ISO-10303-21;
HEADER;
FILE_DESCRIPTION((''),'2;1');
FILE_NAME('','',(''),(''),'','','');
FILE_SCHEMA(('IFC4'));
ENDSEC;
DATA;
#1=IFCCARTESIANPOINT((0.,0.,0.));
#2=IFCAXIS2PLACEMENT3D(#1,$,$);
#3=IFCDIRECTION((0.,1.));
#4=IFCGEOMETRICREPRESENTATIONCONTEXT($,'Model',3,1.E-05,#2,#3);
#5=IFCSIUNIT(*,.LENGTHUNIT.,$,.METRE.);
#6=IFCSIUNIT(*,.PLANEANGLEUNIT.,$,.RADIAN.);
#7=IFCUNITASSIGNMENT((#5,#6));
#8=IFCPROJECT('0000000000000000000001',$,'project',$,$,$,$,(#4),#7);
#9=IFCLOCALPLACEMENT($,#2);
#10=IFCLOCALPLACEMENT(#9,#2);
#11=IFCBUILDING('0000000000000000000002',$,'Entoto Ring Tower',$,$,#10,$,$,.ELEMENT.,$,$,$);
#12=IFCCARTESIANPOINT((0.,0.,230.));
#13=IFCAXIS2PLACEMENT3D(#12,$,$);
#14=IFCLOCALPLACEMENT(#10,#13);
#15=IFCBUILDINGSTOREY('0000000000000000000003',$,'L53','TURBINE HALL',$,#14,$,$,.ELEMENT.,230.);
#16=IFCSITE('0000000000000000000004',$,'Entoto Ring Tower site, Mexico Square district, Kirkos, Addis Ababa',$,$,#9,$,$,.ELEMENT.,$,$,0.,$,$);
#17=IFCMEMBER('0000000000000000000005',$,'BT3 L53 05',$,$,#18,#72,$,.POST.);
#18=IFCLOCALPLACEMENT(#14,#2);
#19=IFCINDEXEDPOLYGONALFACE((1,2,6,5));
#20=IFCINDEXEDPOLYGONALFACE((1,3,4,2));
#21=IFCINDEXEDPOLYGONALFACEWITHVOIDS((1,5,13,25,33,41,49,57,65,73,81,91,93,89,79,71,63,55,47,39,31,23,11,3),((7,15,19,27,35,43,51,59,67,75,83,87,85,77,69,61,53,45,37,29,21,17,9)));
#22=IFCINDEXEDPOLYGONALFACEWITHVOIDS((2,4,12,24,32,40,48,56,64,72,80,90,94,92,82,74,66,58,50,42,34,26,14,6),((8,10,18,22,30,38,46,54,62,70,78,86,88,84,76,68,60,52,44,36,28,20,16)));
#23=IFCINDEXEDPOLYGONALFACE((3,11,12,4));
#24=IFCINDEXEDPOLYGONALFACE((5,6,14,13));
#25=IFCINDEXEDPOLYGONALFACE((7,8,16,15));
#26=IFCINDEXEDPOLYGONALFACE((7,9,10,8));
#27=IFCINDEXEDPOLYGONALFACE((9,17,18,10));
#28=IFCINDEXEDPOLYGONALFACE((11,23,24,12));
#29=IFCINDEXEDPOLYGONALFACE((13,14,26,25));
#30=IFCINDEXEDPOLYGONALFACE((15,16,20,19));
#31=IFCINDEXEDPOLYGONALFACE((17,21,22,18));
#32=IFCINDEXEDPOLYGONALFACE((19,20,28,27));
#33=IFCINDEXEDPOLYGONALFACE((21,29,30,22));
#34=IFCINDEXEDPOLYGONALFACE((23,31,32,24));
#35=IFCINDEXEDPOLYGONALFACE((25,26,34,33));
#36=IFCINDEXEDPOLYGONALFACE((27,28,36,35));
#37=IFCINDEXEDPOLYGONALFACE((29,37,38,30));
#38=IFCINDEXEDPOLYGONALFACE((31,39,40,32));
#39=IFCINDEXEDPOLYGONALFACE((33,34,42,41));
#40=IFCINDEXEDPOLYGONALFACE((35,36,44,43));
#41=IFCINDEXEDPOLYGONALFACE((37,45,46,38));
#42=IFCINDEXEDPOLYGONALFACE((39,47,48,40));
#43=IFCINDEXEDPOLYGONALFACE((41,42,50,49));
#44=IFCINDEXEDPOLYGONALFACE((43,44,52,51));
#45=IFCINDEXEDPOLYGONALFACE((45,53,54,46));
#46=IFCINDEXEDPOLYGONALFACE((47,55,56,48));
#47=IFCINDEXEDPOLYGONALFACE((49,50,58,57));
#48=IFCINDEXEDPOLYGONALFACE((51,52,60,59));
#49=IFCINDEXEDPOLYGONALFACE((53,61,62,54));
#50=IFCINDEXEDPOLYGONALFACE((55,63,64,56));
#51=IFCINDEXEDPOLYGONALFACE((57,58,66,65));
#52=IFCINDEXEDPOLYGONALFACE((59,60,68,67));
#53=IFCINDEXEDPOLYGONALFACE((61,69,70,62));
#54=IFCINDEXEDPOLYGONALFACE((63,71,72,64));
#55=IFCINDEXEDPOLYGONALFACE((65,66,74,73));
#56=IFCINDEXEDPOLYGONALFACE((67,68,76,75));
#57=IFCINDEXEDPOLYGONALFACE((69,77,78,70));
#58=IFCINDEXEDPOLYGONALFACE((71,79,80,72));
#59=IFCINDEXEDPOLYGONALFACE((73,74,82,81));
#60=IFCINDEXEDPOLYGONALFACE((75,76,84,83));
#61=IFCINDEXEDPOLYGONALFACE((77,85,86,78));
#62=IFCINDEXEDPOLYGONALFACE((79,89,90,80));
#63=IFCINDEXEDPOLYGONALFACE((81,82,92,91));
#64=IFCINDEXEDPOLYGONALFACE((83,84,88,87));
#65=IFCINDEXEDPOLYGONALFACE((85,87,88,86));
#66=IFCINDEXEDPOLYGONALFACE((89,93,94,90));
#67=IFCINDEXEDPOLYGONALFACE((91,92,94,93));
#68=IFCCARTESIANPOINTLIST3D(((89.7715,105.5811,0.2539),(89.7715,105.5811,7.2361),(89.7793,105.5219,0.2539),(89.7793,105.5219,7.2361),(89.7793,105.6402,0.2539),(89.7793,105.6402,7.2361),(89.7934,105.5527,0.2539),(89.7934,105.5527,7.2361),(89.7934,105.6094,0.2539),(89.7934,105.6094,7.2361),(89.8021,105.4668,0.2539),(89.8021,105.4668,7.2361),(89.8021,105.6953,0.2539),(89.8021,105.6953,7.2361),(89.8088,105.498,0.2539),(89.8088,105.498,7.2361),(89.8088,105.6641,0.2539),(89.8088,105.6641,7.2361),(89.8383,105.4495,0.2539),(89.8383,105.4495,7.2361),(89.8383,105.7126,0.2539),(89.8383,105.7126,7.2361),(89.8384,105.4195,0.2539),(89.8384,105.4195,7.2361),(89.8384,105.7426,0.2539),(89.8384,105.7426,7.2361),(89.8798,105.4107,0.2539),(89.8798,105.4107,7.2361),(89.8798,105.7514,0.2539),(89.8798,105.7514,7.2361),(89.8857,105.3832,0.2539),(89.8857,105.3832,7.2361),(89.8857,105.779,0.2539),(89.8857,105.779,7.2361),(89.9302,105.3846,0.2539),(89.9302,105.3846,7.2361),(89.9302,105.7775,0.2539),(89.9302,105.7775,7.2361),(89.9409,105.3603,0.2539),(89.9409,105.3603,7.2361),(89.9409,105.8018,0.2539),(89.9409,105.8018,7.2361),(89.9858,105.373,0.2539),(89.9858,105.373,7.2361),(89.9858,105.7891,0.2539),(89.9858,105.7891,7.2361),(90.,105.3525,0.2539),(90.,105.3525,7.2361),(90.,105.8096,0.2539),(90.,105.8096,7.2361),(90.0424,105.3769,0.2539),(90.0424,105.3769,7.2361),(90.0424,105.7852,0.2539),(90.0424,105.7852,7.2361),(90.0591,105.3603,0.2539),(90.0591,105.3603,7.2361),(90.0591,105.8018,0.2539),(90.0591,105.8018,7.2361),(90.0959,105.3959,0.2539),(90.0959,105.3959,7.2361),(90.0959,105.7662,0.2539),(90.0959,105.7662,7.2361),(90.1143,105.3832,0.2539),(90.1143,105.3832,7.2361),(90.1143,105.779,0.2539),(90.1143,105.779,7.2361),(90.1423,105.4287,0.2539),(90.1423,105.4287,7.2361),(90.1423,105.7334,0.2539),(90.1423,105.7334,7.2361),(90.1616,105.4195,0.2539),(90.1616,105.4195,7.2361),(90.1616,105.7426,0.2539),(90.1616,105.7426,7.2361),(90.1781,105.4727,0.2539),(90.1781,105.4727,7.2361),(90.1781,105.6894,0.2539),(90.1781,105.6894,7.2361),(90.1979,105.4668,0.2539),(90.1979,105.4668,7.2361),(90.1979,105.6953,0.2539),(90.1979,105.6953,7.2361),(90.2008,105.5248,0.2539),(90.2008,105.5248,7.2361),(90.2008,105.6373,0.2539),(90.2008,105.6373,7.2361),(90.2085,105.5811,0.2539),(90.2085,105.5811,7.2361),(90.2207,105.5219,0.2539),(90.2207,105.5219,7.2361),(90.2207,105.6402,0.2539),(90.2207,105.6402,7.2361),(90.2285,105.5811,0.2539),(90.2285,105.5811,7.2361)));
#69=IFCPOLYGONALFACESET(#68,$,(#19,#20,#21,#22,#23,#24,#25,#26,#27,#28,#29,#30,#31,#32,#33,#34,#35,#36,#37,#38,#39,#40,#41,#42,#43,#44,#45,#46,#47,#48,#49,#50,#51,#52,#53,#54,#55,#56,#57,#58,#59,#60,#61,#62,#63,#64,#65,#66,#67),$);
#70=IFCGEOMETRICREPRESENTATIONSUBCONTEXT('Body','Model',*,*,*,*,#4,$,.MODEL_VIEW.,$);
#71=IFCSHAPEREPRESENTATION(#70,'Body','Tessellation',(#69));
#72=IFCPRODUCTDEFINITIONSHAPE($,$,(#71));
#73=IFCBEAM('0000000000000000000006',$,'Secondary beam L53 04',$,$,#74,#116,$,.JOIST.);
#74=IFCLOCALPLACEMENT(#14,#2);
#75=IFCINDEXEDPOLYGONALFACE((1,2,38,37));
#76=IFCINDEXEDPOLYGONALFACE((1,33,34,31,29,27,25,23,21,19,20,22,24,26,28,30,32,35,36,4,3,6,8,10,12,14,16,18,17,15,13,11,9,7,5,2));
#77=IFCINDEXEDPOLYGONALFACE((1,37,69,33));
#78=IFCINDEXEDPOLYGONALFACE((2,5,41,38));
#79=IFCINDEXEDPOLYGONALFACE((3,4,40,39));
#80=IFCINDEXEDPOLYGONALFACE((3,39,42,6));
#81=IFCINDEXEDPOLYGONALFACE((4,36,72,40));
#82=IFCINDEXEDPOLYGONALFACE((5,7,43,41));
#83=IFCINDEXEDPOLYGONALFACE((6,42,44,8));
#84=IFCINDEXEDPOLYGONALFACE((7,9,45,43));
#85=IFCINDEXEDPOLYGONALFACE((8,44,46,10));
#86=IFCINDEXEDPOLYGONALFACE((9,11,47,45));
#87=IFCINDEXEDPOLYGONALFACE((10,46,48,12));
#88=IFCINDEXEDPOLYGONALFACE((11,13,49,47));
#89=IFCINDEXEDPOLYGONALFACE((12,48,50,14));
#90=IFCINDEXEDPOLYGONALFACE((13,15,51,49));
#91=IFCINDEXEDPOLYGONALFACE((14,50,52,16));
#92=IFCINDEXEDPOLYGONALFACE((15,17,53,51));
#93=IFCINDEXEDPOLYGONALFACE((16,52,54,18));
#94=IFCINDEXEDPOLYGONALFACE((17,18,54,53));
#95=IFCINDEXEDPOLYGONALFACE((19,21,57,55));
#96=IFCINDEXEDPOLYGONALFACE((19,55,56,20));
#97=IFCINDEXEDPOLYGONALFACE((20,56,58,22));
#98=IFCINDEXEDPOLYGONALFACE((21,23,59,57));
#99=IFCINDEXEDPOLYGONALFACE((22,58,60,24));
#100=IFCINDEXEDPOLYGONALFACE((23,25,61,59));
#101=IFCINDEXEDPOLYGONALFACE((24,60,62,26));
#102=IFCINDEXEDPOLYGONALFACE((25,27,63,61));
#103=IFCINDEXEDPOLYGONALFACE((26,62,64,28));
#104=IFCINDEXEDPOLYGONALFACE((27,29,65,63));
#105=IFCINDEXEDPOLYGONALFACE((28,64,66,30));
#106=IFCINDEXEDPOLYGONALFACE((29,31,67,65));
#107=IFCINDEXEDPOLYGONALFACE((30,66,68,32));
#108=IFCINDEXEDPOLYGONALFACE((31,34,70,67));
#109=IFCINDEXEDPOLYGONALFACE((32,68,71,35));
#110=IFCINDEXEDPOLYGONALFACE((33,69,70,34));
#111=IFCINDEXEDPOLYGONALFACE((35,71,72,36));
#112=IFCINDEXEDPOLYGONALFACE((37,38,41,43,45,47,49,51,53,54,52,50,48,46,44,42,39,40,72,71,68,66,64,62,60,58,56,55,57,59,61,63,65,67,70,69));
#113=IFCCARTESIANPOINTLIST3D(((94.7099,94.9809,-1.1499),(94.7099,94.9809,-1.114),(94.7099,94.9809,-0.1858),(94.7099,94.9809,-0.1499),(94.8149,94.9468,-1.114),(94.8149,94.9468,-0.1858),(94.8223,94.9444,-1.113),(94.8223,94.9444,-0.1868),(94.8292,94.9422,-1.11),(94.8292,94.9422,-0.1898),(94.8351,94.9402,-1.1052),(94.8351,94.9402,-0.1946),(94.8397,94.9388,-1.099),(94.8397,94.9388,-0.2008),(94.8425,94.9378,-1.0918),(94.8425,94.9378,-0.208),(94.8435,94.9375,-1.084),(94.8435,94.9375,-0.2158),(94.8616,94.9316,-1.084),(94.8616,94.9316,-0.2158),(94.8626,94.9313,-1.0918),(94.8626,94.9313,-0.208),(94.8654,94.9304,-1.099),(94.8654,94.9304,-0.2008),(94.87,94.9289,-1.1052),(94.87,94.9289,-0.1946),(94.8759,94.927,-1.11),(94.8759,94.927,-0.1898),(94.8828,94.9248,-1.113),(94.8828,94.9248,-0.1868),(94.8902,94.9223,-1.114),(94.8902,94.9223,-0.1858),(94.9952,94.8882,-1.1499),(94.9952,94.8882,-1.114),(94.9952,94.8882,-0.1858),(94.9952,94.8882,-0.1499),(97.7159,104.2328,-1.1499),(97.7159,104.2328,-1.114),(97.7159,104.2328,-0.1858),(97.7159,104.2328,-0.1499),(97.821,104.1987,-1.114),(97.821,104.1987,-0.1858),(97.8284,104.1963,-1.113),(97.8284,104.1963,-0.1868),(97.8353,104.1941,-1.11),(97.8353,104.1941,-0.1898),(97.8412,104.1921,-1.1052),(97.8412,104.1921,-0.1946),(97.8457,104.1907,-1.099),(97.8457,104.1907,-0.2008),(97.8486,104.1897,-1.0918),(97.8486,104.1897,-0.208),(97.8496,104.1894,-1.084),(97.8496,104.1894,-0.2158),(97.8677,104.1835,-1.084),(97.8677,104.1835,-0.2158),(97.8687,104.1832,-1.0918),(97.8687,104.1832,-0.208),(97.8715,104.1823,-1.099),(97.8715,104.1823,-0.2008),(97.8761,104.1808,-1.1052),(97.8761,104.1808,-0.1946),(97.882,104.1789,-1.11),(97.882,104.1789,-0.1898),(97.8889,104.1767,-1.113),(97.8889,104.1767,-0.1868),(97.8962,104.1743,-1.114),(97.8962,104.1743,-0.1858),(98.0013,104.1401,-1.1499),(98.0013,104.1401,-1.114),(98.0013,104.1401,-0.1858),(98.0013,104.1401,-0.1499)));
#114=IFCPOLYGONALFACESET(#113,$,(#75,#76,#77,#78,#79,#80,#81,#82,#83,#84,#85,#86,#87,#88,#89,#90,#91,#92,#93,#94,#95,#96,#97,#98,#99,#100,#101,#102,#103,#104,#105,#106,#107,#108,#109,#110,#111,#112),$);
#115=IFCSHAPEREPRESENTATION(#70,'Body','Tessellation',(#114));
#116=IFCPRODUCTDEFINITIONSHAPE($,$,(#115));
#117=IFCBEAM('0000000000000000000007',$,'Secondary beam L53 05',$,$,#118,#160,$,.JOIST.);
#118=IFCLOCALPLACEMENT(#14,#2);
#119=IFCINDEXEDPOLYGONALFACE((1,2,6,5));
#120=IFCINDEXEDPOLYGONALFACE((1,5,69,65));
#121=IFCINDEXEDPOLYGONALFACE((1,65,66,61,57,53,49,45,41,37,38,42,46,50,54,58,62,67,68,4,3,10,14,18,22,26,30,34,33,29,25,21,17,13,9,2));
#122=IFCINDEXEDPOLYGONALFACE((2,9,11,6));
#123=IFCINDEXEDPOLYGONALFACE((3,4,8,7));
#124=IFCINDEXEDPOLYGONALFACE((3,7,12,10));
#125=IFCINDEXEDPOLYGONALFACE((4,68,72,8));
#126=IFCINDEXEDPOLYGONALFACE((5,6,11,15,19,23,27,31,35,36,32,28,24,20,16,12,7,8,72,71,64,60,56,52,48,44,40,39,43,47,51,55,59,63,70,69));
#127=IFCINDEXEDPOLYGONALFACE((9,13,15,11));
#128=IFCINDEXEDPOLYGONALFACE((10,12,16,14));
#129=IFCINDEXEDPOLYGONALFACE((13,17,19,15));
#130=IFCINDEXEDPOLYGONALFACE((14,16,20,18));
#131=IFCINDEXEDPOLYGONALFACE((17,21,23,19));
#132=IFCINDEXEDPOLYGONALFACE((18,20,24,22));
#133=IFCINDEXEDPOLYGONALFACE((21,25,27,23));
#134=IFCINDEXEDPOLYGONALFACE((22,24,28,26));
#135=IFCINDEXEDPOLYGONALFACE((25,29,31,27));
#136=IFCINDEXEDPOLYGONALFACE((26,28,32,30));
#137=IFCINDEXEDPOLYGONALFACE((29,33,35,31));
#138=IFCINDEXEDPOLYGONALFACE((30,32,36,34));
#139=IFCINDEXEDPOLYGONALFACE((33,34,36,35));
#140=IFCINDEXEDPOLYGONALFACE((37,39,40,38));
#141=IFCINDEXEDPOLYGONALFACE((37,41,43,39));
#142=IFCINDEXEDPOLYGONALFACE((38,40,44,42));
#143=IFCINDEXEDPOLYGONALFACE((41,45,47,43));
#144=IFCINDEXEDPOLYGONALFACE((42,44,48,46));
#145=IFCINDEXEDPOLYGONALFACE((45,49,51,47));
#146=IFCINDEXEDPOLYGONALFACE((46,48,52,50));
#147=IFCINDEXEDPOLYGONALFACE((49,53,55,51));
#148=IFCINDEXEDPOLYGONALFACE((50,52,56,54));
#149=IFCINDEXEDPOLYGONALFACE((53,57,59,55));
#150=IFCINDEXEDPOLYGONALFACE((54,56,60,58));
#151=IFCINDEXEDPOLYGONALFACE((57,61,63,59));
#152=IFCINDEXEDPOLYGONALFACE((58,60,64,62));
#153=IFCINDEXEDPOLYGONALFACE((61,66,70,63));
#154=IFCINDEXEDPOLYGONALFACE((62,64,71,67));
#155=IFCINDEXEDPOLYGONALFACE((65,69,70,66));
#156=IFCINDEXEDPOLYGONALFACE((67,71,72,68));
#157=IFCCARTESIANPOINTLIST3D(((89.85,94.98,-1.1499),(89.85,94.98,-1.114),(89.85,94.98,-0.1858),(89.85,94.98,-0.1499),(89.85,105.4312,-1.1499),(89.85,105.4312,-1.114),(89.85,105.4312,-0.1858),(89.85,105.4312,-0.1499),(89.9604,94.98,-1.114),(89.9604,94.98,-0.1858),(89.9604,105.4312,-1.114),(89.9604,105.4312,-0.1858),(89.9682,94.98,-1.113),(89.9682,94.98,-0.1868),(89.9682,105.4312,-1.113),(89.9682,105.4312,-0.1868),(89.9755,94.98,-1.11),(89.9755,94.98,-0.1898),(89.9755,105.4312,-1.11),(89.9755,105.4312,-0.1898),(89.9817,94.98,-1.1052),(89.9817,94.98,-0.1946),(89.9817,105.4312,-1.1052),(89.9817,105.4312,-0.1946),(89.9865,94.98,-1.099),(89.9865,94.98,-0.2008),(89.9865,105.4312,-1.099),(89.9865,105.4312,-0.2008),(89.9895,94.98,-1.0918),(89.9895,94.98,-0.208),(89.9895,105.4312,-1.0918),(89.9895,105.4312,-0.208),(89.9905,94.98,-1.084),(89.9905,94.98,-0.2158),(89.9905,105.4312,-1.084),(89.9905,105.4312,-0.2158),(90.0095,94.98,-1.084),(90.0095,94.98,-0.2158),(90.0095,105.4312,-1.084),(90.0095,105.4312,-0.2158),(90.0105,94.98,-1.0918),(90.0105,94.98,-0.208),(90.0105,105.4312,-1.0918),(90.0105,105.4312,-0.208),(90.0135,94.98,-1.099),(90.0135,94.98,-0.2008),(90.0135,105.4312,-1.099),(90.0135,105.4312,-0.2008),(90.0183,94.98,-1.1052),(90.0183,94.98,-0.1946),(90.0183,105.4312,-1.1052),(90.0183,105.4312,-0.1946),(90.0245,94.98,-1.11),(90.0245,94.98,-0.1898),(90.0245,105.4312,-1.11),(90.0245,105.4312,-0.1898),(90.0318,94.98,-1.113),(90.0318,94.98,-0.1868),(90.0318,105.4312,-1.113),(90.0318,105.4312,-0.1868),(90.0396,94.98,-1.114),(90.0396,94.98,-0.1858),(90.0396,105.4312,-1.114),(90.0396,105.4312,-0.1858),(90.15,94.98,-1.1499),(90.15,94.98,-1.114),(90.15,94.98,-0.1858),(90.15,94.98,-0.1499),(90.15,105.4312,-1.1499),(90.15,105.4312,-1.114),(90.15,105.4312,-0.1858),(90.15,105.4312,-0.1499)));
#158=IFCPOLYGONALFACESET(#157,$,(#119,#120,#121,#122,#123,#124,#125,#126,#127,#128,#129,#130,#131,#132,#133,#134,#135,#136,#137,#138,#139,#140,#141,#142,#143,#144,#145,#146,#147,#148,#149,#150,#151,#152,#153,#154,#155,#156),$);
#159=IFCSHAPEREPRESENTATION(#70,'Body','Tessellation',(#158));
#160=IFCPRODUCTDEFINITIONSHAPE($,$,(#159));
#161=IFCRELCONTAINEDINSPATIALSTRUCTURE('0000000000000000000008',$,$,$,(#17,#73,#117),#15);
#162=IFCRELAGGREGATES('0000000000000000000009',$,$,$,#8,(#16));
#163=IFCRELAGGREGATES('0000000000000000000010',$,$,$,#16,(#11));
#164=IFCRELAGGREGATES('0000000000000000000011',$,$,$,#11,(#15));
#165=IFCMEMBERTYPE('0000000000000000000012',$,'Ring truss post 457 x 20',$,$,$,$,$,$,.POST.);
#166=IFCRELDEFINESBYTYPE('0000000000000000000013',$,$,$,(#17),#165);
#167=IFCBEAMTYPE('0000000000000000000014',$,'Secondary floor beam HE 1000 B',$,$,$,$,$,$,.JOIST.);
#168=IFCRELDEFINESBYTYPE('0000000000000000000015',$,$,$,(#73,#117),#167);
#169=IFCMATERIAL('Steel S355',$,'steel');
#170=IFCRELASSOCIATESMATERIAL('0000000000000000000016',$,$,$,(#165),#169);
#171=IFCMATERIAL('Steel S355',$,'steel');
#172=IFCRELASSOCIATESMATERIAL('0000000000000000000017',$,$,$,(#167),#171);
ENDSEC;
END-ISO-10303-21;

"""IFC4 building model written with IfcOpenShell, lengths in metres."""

from ifc_helpers import new_model, si_unit, direction, frame, origin, origin_2d, place, context, subcontext, project, spatial, circle, hollow_circle, i_section, extrude, material, material_profile, profile_set, type_object, element, save


model = new_model("IFC4")

# Units and contexts
model_context = context("Model", 3, precision=1e-05, world=origin(), true_north=direction((0.0, 1.0)))
body_context = subcontext(model_context, "Body", "Model", "MODEL_VIEW")
ifc_project = project(units=[si_unit("LENGTHUNIT", "METRE"), si_unit("PLANEANGLEUNIT", "RADIAN")], contexts=[model_context])

# Site, building, storey
site_placement = place(None, origin())
site = spatial("IfcSite", under=ifc_project, at=site_placement, Name="Entoto Ring Tower site, Mexico Square district, Kirkos, Addis Ababa", CompositionType="ELEMENT", RefElevation=0.0)
building_placement = place(site_placement, origin())
building = spatial("IfcBuilding", under=site, at=building_placement, Name="Entoto Ring Tower", CompositionType="ELEMENT")
storey_placement = place(building_placement, frame((0.0, 0.0, 230.0)))
storey = spatial("IfcBuildingStorey", under=building, at=storey_placement, Name="L53", Description="TURBINE HALL", CompositionType="ELEMENT", Elevation=230.0)

# Member
ifc_material_1 = material(Name="Steel S355", Category="steel")
ifc_material_profile_1 = material_profile(ifc_material_1, hollow_circle(Radius=0.2285, WallThickness=0.02, at=origin_2d()), Name="CHS 457 x 20")
ifc_material_2 = material(Name="Concrete C60/75", Category="concrete")
ifc_material_profile_2 = material_profile(ifc_material_2, circle(Radius=0.2085, at=origin_2d()), Name="Concrete C60/75 infill")
ifc_profile_set_1 = profile_set([ifc_material_profile_1, ifc_material_profile_2], Name="Steel S355")
member_type_1 = type_object("IfcMemberType", Name="Ring truss post 457 x 20", PredefinedType="POST", material=ifc_profile_set_1)
for number, where, z_axis, x_axis, name in (
    (1, (90.0, 105.5811, 0.2539), (0.0, 0.0, 1.0), (1.0, 0.0, 0.0), "BT3 L53 05"),
):
    element("IfcMember", number, at=place(storey_placement, frame(where, z_axis=z_axis, x_axis=x_axis)), inside=storey, type_object=member_type_1, Name=name, PredefinedType="POST", context=body_context, shape_type="SweptSolid", body=[
        extrude(hollow_circle(Radius=0.2285, WallThickness=0.02, at=origin_2d()), origin(), (0.0, 0.0, 1.0), 6.9822),
    ])

# Beams
ifc_material_3 = material(Name="Steel S355", Category="steel")
ifc_material_profile_3 = material_profile(ifc_material_3, i_section(OverallWidth=0.3, OverallDepth=1.0, WebThickness=0.019, FlangeThickness=0.0359, FilletRadius=0.03, at=origin_2d()), Name="HE 1000 B")
ifc_profile_set_2 = profile_set([ifc_material_profile_3], Name="Steel S355")
beam_type_1 = type_object("IfcBeamType", Name="Secondary floor beam HE 1000 B", PredefinedType="JOIST", material=ifc_profile_set_2)
beam_1_placement = place(storey_placement, frame((94.8525, 94.9346, -0.6499), z_axis=(0.309013, 0.951058, 0.0), x_axis=(-0.951058, 0.309013, 0.0)))
element("IfcBeam", 2, at=beam_1_placement, inside=storey, type_object=beam_type_1, Name="Secondary beam L53 04", PredefinedType="JOIST", context=body_context, shape_type="SweptSolid", body=[
    extrude(i_section(OverallWidth=0.3, OverallDepth=1.0, WebThickness=0.019, FlangeThickness=0.0359, FilletRadius=0.03, at=origin_2d()), origin(), (0.0, 0.0, 1.0), 9.728),
])
beam_2_placement = place(storey_placement, frame((90.0, 94.98, -0.6499), z_axis=(0.0, 1.0, 0.0), x_axis=(-1.0, 0.0, 0.0)))
element("IfcBeam", 3, at=beam_2_placement, inside=storey, type_object=beam_type_1, Name="Secondary beam L53 05", PredefinedType="JOIST", context=body_context, shape_type="SweptSolid", body=[
    extrude(i_section(OverallWidth=0.3, OverallDepth=1.0, WebThickness=0.019, FlangeThickness=0.0359, FilletRadius=0.03, at=origin_2d()), origin(), (0.0, 0.0, 1.0), 10.4512),
])

save(model, "model.ifc")
